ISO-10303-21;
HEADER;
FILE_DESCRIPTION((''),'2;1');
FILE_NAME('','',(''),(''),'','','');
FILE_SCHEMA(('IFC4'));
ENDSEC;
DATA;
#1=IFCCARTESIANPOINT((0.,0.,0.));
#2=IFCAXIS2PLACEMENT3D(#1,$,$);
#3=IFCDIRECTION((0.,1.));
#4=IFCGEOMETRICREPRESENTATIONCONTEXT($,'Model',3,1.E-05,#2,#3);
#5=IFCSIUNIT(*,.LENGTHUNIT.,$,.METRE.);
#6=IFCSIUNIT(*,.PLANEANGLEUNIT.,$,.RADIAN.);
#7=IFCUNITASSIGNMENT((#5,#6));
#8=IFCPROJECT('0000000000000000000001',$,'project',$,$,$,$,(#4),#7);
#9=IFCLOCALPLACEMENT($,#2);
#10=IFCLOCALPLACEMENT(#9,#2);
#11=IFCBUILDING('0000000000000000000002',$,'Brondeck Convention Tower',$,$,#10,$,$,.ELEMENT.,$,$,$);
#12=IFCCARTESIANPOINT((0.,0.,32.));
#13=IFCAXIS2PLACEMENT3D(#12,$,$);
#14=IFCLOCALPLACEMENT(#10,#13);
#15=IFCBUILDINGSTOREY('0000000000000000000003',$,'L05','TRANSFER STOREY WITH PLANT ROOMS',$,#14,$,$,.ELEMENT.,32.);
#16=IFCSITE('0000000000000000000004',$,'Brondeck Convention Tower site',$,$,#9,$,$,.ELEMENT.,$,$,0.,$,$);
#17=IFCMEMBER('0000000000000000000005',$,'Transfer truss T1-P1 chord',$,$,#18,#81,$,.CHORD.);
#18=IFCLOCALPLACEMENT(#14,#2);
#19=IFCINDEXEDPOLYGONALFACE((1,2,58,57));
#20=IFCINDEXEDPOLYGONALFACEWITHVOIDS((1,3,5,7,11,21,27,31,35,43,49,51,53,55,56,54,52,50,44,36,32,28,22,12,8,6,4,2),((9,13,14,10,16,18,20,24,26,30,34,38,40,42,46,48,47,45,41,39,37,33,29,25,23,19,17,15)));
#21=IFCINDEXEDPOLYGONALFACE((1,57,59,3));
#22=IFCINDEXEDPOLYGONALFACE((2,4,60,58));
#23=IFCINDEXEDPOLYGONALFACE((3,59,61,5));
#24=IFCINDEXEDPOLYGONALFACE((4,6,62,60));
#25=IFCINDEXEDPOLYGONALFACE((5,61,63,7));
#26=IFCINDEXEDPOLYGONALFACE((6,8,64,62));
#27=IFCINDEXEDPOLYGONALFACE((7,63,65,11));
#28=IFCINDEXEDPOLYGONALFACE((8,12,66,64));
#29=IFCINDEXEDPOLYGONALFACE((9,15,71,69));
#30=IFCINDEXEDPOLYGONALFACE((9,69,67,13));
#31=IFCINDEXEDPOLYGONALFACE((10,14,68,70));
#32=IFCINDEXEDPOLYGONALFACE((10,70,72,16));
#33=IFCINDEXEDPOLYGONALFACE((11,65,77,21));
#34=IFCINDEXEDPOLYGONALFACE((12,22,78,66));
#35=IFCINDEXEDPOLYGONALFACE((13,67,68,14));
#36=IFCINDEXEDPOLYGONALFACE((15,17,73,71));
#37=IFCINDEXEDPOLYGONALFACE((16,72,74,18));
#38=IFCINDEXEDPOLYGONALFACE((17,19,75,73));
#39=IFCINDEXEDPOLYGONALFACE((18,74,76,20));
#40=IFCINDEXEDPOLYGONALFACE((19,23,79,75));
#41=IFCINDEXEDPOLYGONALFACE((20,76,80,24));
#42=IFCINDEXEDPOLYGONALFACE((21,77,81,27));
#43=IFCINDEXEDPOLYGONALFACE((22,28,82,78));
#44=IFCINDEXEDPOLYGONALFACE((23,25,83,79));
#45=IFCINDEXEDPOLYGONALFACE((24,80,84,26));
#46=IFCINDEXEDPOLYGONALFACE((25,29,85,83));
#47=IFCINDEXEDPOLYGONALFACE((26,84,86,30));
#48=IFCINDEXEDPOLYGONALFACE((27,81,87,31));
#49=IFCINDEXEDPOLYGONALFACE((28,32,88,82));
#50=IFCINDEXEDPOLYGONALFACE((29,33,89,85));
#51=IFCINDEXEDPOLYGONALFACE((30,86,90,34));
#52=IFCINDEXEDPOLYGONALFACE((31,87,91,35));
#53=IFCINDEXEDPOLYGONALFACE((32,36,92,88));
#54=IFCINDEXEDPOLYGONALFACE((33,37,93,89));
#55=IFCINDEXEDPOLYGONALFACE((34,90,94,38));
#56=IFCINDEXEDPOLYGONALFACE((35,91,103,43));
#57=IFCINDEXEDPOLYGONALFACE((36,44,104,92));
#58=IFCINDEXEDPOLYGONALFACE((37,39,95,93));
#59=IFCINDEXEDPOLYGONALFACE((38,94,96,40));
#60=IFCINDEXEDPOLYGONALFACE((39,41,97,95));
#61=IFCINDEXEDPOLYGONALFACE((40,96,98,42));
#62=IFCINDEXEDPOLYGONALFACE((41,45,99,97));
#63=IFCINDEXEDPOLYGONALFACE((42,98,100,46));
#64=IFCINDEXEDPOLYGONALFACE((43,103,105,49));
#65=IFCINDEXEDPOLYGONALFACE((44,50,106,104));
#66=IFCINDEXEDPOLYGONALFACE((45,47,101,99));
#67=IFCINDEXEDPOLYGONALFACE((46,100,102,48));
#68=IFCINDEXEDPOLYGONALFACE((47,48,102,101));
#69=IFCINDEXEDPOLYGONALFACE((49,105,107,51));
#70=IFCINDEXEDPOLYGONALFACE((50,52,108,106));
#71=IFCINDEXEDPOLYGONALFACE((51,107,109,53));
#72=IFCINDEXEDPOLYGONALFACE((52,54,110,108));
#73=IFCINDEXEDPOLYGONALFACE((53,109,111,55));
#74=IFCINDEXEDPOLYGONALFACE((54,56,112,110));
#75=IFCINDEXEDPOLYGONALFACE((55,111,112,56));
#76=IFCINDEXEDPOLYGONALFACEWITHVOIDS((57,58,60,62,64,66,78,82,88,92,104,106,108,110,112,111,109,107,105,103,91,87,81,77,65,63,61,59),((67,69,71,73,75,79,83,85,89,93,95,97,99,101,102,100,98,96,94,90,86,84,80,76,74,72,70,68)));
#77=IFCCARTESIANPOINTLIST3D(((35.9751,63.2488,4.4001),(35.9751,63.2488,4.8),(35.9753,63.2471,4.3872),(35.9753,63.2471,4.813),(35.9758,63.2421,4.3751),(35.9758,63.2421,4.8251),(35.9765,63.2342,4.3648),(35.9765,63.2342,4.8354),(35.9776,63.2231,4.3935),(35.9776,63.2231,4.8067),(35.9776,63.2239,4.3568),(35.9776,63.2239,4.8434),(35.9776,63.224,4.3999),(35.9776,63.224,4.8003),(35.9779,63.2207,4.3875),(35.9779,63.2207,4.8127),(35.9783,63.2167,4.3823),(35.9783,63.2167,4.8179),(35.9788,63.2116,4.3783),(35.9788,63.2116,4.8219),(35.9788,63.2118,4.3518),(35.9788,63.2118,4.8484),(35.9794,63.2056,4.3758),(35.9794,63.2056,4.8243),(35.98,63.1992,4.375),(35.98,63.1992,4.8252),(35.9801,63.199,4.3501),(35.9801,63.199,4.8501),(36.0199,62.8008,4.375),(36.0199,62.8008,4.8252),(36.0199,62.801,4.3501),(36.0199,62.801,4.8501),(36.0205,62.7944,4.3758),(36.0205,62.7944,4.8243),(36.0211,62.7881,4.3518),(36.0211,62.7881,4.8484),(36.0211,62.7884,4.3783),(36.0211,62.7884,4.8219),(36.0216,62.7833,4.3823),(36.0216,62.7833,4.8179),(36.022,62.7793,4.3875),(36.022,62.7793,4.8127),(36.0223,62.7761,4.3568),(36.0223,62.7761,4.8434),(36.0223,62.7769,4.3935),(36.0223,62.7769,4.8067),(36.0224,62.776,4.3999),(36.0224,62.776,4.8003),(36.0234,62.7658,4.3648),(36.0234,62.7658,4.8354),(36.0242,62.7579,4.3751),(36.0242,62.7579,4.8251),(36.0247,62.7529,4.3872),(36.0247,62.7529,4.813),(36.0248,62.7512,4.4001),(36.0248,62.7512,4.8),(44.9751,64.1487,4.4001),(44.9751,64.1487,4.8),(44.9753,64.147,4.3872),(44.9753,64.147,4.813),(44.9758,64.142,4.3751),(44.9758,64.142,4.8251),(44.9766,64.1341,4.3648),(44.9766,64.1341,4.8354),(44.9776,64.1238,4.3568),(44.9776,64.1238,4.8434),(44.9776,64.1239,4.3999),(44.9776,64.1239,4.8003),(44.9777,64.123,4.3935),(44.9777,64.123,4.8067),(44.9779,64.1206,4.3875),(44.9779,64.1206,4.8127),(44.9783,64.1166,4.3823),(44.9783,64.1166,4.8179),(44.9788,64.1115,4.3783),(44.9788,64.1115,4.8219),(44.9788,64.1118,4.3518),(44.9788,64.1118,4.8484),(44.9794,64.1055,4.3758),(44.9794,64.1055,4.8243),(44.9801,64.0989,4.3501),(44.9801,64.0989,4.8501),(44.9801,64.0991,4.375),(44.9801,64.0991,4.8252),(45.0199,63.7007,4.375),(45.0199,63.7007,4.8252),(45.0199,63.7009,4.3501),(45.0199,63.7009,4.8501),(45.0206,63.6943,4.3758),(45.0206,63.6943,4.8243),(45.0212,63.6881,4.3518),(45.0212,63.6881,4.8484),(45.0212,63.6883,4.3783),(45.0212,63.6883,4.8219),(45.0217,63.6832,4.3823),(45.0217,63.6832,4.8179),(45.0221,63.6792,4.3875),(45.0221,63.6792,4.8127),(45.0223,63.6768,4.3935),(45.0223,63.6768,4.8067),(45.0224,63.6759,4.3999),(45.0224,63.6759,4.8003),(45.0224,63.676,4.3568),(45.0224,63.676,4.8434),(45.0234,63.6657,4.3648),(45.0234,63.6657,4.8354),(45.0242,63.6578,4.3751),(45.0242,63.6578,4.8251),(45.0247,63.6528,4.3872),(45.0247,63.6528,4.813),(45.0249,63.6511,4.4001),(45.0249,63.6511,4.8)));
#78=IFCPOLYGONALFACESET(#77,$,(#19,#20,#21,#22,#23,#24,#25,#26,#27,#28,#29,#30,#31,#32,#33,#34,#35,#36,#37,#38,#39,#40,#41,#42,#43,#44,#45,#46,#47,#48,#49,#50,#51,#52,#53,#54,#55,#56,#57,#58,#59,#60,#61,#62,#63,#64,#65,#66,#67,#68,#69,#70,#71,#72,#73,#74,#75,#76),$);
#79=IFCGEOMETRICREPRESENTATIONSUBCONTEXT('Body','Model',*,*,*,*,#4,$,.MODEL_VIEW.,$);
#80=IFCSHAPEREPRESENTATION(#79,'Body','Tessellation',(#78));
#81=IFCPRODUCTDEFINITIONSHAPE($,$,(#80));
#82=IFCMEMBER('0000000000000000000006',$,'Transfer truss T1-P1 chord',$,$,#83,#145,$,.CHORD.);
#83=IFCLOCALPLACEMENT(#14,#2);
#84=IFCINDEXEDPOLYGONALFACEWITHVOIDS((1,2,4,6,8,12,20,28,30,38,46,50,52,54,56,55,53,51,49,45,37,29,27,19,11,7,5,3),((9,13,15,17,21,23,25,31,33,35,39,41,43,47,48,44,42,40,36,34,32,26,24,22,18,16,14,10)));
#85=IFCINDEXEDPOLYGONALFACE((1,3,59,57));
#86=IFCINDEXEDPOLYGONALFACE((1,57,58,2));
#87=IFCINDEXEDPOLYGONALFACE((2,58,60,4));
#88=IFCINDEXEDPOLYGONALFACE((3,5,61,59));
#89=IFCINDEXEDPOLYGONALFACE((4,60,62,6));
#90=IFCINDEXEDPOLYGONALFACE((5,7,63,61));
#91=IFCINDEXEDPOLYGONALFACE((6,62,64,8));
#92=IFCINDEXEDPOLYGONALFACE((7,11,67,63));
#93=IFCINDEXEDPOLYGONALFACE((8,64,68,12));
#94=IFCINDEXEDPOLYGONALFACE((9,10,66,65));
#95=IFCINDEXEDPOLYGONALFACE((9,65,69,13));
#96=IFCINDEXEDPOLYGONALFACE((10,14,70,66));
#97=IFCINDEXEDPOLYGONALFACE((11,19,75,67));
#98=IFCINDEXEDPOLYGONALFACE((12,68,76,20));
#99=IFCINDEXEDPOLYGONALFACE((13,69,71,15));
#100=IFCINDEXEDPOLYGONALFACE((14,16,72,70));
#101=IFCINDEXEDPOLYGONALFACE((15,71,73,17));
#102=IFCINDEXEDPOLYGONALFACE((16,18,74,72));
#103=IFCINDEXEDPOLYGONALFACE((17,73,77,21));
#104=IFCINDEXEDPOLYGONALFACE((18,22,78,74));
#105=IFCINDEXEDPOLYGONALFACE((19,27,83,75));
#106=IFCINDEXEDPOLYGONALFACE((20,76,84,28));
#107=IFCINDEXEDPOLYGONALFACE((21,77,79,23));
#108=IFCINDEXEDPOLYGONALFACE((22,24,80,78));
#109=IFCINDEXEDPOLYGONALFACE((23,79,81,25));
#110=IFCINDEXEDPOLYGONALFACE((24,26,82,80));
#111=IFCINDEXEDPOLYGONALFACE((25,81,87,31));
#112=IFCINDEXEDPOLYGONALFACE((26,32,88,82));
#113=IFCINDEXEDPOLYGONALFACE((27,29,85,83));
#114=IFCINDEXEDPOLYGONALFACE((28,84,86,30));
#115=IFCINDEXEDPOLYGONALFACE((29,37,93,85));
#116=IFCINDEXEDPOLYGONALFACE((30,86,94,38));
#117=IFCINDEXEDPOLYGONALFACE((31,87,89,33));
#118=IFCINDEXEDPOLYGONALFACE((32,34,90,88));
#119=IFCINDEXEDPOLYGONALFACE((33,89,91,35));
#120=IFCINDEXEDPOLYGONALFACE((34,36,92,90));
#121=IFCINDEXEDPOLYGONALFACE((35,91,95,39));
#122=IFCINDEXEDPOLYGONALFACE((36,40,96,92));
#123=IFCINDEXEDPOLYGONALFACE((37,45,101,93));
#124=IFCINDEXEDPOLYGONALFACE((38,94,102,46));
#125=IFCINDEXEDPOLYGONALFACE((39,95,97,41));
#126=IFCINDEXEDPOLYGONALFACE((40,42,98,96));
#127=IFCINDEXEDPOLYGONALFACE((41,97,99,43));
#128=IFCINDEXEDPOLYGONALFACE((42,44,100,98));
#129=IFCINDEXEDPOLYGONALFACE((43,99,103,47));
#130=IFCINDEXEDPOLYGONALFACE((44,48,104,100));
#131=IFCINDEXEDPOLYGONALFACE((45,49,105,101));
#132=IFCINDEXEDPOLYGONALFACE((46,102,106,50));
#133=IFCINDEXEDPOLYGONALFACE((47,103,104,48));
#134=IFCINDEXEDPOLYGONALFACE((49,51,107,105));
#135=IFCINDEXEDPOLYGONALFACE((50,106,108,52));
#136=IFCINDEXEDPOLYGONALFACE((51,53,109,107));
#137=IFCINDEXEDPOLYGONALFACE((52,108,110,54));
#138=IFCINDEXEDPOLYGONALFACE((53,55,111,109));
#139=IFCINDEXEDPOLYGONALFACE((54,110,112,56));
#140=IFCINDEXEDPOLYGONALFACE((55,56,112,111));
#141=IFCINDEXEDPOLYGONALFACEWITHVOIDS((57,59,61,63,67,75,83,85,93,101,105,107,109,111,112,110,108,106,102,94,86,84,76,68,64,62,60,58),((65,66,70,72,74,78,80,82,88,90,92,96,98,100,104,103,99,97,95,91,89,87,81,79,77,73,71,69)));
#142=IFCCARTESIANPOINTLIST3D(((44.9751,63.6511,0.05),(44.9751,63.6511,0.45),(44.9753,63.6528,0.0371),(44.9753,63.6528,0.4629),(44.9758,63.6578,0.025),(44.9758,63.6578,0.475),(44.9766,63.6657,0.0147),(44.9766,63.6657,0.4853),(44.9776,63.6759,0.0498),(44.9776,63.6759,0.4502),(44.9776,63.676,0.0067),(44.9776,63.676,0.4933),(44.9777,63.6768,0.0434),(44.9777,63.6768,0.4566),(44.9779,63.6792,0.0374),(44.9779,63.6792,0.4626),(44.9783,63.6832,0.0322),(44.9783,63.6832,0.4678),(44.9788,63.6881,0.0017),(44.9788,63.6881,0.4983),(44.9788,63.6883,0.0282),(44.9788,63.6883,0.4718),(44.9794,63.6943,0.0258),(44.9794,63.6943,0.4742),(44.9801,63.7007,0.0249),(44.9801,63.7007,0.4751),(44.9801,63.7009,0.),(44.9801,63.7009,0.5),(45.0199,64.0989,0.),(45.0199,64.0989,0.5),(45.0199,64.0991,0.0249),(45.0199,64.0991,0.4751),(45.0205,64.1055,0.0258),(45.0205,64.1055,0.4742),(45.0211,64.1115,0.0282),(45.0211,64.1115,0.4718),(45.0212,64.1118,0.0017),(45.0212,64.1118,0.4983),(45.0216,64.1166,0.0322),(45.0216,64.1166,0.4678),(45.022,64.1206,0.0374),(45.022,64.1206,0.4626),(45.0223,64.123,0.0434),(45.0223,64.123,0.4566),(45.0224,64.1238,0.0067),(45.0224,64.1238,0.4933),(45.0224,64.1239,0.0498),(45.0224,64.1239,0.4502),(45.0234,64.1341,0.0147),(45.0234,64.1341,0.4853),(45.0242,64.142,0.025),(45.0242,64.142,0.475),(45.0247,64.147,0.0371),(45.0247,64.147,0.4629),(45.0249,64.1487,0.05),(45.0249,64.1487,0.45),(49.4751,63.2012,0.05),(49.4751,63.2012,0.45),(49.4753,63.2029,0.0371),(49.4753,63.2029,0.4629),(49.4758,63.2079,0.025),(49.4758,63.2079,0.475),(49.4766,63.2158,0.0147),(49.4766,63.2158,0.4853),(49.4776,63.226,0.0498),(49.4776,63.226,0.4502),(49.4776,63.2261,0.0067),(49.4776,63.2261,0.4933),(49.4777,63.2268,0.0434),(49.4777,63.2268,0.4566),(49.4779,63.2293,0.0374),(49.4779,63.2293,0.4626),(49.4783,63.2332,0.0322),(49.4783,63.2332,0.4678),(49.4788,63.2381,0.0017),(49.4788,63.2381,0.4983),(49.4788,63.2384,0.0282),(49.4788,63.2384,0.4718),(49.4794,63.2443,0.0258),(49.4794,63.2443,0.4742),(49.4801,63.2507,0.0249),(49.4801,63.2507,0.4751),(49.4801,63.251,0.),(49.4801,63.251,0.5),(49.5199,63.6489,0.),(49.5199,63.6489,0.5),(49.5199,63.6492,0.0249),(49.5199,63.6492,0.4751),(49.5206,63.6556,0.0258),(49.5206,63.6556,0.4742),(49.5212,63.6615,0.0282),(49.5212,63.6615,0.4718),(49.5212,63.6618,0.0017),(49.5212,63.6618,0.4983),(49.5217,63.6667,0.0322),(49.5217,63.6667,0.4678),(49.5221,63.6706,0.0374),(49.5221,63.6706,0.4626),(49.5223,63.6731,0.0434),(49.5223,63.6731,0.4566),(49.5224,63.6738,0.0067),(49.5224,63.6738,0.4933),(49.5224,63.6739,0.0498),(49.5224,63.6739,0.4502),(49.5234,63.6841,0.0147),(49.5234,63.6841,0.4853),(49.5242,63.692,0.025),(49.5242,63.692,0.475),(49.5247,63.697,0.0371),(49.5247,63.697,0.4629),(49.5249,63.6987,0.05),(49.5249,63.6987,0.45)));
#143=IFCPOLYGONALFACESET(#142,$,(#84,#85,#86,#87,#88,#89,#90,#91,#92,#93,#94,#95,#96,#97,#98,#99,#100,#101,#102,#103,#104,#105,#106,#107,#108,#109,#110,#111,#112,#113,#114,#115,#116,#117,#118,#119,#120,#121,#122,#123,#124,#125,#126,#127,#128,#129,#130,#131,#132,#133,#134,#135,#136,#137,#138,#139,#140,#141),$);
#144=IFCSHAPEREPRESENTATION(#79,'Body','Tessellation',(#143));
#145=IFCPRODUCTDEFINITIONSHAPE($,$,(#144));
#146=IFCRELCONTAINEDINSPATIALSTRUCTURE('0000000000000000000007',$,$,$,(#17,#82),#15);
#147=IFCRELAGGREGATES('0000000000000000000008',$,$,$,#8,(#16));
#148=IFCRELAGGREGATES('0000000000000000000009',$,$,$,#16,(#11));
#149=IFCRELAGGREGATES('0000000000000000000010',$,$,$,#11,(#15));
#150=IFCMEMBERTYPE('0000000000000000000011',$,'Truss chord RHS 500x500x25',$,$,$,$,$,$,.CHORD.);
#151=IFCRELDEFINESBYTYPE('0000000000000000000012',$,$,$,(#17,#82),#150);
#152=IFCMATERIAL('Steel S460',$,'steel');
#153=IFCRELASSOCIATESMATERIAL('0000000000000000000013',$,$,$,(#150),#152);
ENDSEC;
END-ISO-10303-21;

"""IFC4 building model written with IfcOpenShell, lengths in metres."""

from ifc_helpers import new_model, si_unit, direction, frame, origin, origin_2d, place, context, subcontext, project, spatial, hollow_rectangle, extrude, material, material_profile, profile_set, type_object, element, save


model = new_model("IFC4")

# Units and contexts
model_context = context("Model", 3, precision=1e-05, world=origin(), true_north=direction((0.0, 1.0)))
body_context = subcontext(model_context, "Body", "Model", "MODEL_VIEW")
ifc_project = project(units=[si_unit("LENGTHUNIT", "METRE"), si_unit("PLANEANGLEUNIT", "RADIAN")], contexts=[model_context])

# Site, building, storey
site_placement = place(None, origin())
site = spatial("IfcSite", under=ifc_project, at=site_placement, Name="Brondeck Convention Tower site", CompositionType="ELEMENT", RefElevation=0.0)
building_placement = place(site_placement, origin())
building = spatial("IfcBuilding", under=site, at=building_placement, Name="Brondeck Convention Tower", CompositionType="ELEMENT")
storey_placement = place(building_placement, frame((0.0, 0.0, 32.0)))
storey = spatial("IfcBuildingStorey", under=building, at=storey_placement, Name="L05", Description="TRANSFER STOREY WITH PLANT ROOMS", CompositionType="ELEMENT", Elevation=32.0)

# Shared definitions
ifc_material_1 = material(Name="Steel S460", Category="steel")

# Members
ifc_material_profile_1 = material_profile(ifc_material_1, hollow_rectangle(XDim=0.5, YDim=0.5, WallThickness=0.0249, InnerFilletRadius=0.0249, OuterFilletRadius=0.05, at=origin_2d()), Name="RHS 500x500x25")
ifc_profile_set_1 = profile_set([ifc_material_profile_1], Name="Steel S460")
member_type_1 = type_object("IfcMemberType", Name="Truss chord RHS 500x500x25", PredefinedType="CHORD", material=ifc_profile_set_1)
member_1_placement = place(storey_placement, frame((45.0, 63.8999, 4.6001), z_axis=(-0.995038, -0.099493, 0.0), x_axis=(0.099493, -0.995038, 0.0)))
element("IfcMember", 1, at=member_1_placement, inside=storey, type_object=member_type_1, Name="Transfer truss T1-P1 chord", PredefinedType="CHORD", context=body_context, shape_type="SweptSolid", body=[
    extrude(hollow_rectangle(XDim=0.5, YDim=0.5, WallThickness=0.0249, InnerFilletRadius=0.0249, OuterFilletRadius=0.05, at=origin_2d()), origin(), (0.0, 0.0, 1.0), 9.0449),
])
for number, where, z_axis, x_axis, name in (
    (2, (49.5, 63.45, 0.25), (-0.995038, 0.099493, 0.0), (-0.099493, -0.995038, 0.0), "Transfer truss T1-P1 chord"),
):
    element("IfcMember", number, at=place(storey_placement, frame(where, z_axis=z_axis, x_axis=x_axis)), inside=storey, type_object=member_type_1, Name=name, PredefinedType="CHORD", context=body_context, shape_type="SweptSolid", body=[
        extrude(hollow_rectangle(XDim=0.5, YDim=0.5, WallThickness=0.0249, InnerFilletRadius=0.0249, OuterFilletRadius=0.05, at=origin_2d()), origin(), (0.0, 0.0, 1.0), 4.5225),
    ])

save(model, "model.ifc")
